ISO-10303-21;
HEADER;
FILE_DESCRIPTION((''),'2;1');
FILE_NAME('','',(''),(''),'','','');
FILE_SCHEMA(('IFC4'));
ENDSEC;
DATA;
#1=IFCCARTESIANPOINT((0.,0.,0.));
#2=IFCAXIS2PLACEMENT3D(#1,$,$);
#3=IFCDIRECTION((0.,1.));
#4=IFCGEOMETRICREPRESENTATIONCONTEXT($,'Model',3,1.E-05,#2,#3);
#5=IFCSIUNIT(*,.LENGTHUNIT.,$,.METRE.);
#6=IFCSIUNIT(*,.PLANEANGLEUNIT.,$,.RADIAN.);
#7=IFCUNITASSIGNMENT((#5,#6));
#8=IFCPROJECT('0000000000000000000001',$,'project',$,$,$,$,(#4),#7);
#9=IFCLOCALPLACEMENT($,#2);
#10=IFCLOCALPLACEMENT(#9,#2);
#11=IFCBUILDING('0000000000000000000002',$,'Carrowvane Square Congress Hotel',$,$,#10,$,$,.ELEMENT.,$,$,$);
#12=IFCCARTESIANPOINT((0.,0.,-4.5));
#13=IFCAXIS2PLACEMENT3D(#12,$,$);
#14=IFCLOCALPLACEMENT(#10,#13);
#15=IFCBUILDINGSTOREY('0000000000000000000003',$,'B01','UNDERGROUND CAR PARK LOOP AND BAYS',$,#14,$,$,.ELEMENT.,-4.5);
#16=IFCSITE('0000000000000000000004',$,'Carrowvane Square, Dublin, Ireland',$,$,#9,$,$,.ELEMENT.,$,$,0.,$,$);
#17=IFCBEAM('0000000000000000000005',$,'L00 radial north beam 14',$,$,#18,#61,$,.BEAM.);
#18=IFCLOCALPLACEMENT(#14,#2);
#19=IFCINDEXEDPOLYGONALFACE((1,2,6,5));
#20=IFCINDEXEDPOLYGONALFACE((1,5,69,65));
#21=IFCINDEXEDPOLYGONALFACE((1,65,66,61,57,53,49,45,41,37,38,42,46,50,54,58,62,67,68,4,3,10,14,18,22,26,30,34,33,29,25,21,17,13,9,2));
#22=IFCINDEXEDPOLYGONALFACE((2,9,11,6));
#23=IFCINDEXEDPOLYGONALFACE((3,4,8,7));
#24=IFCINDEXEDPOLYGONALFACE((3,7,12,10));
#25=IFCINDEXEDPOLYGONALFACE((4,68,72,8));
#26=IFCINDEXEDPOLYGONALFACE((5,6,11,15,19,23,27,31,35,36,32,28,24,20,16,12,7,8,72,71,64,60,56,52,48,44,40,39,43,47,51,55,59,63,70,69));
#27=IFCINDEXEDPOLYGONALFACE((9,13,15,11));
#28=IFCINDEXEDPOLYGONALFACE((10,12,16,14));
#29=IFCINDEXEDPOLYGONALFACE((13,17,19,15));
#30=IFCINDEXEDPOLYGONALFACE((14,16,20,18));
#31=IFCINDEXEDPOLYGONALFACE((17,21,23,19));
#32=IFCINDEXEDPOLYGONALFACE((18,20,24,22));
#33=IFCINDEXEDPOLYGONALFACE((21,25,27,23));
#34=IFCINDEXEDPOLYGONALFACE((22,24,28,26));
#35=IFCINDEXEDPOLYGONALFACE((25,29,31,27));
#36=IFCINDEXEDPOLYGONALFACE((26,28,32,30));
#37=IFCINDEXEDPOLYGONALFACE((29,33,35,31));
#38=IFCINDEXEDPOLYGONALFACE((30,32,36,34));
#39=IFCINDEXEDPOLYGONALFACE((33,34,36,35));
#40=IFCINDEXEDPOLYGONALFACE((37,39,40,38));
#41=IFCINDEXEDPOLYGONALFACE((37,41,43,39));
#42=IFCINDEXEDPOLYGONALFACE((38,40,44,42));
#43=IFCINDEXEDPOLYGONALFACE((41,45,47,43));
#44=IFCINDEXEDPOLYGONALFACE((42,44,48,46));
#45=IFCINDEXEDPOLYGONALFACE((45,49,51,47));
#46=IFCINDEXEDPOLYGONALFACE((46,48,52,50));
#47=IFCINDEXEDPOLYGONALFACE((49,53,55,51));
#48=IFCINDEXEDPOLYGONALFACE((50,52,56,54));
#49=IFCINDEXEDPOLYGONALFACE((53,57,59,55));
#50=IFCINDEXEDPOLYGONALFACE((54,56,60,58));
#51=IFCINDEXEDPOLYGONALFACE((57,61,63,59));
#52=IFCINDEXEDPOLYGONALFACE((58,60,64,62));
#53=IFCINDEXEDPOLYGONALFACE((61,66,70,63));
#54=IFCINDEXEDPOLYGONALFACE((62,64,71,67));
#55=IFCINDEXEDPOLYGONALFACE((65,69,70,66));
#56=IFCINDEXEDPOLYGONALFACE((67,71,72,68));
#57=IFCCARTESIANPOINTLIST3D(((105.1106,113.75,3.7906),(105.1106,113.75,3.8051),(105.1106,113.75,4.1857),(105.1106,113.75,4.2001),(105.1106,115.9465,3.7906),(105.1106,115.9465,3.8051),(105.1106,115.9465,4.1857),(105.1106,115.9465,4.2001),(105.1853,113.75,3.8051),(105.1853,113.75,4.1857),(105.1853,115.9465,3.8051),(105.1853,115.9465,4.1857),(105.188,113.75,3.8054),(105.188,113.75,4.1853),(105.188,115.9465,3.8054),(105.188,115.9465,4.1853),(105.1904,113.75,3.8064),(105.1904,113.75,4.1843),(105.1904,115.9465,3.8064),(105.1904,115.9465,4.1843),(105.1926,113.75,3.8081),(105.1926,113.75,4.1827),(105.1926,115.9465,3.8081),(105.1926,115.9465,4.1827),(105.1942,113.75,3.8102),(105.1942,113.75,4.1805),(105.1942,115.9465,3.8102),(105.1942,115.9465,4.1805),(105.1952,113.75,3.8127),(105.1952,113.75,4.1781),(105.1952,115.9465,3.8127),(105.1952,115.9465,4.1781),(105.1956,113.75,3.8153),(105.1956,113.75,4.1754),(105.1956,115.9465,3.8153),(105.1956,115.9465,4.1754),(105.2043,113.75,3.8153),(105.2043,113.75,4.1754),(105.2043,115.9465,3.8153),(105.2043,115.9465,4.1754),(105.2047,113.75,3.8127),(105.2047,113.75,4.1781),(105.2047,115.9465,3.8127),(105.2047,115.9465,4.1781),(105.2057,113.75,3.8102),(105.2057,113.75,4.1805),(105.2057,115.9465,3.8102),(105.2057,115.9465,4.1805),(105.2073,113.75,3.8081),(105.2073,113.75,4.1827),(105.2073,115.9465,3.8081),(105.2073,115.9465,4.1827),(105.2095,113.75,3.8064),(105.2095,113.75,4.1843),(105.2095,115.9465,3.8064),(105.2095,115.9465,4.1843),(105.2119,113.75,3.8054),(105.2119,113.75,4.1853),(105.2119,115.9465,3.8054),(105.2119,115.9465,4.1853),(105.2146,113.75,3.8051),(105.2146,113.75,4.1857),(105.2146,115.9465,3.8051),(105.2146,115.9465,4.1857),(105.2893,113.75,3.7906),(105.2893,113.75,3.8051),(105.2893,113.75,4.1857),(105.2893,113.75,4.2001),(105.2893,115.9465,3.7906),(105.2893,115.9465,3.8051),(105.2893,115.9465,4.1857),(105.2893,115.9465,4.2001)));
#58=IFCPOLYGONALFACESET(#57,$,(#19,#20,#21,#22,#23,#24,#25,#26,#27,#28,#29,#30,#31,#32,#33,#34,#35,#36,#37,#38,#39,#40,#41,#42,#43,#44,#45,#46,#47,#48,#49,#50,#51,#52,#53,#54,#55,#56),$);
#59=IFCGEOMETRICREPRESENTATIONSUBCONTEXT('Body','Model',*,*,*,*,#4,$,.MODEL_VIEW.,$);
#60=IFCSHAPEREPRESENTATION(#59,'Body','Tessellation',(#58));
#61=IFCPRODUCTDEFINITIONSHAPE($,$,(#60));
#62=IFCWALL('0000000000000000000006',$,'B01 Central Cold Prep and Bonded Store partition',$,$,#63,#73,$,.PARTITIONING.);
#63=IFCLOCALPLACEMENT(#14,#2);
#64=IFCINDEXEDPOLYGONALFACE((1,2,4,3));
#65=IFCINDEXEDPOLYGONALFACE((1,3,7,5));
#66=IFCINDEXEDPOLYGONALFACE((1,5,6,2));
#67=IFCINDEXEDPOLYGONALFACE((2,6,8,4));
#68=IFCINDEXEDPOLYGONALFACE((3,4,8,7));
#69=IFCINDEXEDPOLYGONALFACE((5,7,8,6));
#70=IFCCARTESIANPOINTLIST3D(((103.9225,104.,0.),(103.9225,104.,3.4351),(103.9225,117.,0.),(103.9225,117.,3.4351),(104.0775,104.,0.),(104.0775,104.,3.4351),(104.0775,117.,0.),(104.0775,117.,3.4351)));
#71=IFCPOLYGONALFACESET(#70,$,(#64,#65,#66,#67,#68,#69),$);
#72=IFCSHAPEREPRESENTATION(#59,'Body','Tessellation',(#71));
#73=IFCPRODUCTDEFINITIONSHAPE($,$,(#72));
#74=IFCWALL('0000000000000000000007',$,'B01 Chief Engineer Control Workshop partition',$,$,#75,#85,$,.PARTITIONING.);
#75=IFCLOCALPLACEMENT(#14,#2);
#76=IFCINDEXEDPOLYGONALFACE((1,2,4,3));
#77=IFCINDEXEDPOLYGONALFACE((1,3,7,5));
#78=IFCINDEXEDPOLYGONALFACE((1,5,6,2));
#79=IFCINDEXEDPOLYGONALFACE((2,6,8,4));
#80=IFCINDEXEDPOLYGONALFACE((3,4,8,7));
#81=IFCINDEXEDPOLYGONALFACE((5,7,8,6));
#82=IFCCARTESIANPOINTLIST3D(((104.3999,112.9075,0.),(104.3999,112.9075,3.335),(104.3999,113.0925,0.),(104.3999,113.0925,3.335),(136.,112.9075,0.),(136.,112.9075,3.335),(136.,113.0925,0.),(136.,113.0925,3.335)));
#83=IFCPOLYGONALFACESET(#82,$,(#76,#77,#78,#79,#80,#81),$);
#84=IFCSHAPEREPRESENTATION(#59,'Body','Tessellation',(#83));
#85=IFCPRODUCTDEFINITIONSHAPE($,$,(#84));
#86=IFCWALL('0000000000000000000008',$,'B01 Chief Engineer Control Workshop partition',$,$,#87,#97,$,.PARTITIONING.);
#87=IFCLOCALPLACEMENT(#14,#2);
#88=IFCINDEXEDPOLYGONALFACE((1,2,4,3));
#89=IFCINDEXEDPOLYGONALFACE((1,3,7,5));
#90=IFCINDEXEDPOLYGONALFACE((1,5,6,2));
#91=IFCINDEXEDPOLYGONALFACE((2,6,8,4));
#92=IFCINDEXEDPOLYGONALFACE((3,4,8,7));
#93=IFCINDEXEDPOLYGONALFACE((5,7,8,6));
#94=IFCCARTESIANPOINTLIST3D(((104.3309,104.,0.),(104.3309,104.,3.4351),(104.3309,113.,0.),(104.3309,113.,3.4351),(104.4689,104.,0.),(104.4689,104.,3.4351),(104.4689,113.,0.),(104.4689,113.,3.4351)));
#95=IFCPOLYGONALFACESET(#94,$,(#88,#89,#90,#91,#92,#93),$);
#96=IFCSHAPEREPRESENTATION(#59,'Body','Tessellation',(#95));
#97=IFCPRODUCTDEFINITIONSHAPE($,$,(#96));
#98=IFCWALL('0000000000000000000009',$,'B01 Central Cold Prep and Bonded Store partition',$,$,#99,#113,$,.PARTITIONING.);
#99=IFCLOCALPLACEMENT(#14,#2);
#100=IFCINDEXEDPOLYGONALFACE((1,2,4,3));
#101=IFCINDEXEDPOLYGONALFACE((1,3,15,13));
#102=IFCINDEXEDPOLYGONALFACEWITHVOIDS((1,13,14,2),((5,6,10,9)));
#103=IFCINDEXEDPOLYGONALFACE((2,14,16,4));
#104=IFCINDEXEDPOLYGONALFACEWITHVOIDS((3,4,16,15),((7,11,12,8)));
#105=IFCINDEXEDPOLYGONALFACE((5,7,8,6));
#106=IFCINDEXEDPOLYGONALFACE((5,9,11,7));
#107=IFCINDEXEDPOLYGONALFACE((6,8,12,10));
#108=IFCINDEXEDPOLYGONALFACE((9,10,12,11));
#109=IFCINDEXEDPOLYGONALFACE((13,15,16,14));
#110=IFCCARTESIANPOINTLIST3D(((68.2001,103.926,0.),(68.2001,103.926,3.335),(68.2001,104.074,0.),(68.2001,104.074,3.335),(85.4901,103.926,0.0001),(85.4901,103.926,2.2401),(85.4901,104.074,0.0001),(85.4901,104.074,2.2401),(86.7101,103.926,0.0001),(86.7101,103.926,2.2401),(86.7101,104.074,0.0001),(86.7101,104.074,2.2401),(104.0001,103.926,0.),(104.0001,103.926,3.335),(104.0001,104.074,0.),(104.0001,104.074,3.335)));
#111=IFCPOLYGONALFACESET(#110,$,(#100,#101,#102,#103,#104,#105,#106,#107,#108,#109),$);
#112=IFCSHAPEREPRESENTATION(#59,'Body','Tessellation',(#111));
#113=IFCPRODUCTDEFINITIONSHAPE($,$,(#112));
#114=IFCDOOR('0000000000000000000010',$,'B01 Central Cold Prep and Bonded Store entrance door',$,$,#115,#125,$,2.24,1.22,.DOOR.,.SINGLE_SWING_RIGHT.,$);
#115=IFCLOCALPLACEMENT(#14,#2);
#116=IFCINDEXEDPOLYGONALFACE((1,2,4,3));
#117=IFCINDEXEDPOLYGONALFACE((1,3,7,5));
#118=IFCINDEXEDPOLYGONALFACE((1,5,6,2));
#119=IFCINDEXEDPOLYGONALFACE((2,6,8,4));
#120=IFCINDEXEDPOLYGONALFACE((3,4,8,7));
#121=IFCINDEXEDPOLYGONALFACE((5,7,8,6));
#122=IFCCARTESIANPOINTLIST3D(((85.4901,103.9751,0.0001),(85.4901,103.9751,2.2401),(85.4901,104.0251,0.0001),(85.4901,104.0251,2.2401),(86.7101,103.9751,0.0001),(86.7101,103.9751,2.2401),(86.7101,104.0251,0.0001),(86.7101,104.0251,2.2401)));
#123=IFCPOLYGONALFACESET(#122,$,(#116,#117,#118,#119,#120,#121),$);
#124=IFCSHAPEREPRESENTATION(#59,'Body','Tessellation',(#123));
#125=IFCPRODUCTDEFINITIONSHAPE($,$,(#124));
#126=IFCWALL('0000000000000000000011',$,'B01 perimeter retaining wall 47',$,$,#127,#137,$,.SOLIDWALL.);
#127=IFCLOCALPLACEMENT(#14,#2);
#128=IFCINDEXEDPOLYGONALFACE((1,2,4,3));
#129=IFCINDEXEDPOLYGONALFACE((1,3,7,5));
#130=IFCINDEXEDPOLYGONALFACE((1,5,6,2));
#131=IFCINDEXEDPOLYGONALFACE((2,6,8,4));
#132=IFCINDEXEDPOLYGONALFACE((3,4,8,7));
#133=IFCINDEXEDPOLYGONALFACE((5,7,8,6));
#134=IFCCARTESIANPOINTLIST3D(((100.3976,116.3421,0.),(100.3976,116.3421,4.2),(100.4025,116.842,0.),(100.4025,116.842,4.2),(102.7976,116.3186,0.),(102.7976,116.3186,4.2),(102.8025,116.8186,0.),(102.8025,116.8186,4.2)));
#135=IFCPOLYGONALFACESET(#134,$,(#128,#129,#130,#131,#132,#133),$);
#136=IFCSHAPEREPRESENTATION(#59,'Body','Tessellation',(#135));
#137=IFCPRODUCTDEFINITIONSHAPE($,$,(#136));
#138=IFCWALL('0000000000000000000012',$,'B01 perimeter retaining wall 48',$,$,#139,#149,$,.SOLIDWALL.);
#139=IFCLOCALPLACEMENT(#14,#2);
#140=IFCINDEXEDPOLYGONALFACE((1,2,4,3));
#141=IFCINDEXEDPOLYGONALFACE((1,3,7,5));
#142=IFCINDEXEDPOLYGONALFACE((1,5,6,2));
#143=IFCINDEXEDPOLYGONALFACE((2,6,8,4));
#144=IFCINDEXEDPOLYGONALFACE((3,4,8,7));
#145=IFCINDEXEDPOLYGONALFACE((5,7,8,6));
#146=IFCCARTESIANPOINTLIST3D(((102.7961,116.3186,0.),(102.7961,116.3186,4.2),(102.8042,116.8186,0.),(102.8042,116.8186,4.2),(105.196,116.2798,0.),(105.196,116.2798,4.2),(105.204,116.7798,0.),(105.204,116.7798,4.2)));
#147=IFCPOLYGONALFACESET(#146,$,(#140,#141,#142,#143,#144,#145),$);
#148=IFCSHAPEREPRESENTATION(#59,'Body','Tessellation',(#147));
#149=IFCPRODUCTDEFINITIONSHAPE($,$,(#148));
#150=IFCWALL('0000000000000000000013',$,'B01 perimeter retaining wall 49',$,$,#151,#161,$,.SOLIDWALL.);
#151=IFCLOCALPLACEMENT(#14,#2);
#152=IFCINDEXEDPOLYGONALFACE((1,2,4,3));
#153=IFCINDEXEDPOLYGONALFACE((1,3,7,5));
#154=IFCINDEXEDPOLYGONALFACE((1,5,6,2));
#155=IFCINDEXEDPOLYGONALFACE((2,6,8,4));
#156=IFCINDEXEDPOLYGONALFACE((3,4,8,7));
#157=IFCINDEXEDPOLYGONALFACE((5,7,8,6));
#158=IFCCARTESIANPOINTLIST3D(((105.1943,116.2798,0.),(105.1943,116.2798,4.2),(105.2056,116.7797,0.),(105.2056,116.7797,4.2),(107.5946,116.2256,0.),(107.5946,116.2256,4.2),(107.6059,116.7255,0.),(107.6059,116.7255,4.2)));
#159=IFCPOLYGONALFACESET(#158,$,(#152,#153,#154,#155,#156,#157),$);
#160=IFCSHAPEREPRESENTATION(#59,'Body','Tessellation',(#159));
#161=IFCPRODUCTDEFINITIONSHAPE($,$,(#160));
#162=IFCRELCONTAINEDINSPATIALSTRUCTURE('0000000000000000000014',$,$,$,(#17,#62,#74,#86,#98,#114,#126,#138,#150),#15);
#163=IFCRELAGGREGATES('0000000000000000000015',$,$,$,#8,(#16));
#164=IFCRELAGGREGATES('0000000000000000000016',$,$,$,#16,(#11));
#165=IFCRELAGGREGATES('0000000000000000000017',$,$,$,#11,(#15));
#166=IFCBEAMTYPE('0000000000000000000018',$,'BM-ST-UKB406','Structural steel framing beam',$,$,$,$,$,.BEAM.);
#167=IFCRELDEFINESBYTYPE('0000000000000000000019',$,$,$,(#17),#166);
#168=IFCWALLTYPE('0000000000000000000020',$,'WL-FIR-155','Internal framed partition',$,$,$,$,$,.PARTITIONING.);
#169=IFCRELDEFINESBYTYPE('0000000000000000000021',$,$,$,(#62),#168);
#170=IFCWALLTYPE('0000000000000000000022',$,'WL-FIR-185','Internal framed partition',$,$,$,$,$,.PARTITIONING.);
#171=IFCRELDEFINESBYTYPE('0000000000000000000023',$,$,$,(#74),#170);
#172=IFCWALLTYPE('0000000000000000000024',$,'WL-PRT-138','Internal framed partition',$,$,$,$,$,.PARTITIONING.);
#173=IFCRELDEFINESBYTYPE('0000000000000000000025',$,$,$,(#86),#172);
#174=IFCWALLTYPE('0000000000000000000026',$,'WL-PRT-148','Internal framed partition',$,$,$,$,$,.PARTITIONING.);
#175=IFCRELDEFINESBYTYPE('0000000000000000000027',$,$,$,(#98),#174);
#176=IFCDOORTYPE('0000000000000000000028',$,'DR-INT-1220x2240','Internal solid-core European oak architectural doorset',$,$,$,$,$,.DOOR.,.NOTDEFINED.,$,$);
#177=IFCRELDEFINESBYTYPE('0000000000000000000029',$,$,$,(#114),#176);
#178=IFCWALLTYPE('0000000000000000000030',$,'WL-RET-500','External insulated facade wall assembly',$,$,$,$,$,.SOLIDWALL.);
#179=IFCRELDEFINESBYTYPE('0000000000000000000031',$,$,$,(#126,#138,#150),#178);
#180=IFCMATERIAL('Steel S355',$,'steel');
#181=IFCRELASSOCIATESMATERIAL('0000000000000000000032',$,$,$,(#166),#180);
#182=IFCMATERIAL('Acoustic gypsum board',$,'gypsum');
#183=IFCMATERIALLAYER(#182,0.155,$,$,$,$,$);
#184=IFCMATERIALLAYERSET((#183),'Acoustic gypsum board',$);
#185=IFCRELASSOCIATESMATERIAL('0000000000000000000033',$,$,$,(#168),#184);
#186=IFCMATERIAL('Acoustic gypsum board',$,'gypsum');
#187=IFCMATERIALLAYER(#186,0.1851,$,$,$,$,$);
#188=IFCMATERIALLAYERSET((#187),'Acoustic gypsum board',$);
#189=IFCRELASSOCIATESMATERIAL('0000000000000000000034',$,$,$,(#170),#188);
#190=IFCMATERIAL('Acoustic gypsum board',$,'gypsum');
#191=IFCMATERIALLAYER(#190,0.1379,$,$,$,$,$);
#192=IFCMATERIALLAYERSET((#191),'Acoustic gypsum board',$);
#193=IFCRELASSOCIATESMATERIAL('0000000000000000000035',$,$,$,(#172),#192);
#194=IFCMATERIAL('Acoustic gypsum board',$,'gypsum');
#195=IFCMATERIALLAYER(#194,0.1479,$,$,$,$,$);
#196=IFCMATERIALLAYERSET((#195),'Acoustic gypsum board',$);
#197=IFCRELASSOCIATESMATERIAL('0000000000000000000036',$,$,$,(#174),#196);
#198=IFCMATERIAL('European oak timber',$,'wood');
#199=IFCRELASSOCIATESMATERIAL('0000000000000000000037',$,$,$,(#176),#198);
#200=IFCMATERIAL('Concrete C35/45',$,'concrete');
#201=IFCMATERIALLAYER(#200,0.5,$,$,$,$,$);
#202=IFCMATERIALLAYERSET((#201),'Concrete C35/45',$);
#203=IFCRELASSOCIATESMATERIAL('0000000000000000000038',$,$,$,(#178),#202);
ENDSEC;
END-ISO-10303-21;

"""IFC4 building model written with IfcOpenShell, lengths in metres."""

from ifc_helpers import new_model, si_unit, direction, frame, frame_2d, origin, origin_2d, place, context, subcontext, project, spatial, rectangle, i_section, extrude, material, layer, layer_set, material_profile, profile_set, type_object, element, fill, save


model = new_model("IFC4")

# Units and contexts
model_context = context("Model", 3, precision=1e-05, world=origin(), true_north=direction((0.0, 1.0)))
body_context = subcontext(model_context, "Body", "Model", "MODEL_VIEW")
ifc_project = project(units=[si_unit("LENGTHUNIT", "METRE"), si_unit("PLANEANGLEUNIT", "RADIAN")], contexts=[model_context])

# Site, building, storey
site_placement = place(None, origin())
site = spatial("IfcSite", under=ifc_project, at=site_placement, Name="Carrowvane Square, Dublin, Ireland", CompositionType="ELEMENT", RefElevation=0.0)
building_placement = place(site_placement, origin())
building = spatial("IfcBuilding", under=site, at=building_placement, Name="Carrowvane Square Congress Hotel", CompositionType="ELEMENT")
storey_placement = place(building_placement, frame((0.0, 0.0, -4.5)))
storey = spatial("IfcBuildingStorey", under=building, at=storey_placement, Name="B01", Description="UNDERGROUND CAR PARK LOOP AND BAYS", CompositionType="ELEMENT", Elevation=-4.5)

# Beam
ifc_material_1 = material(Name="Steel S355", Category="steel")
ifc_material_profile_1 = material_profile(ifc_material_1, i_section(OverallWidth=0.1787, OverallDepth=0.4094, WebThickness=0.0088, FlangeThickness=0.0144, FilletRadius=0.0103, at=origin_2d()), Name="UKB 406x178x67")
ifc_profile_set_1 = profile_set([ifc_material_profile_1], Name="Steel S355")
beam_type_1 = type_object("IfcBeamType", Name="BM-ST-UKB406", Description="Structural steel framing beam", PredefinedType="BEAM", material=ifc_profile_set_1)
beam_1_placement = place(storey_placement, frame((105.2, 113.75, 3.9954), z_axis=(0.0, 1.0, 0.0), x_axis=(-1.0, 0.0, 0.0)))
element("IfcBeam", 1, at=beam_1_placement, inside=storey, type_object=beam_type_1, Name="L00 radial north beam 14", PredefinedType="BEAM", context=body_context, shape_type="SweptSolid", body=[
    extrude(i_section(OverallWidth=0.1787, OverallDepth=0.4094, WebThickness=0.0088, FlangeThickness=0.0144, FilletRadius=0.0103, at=origin_2d()), origin(), (0.0, 0.0, 1.0), 2.1965),
])

# Walls
ifc_material_2 = material(Name="Acoustic gypsum board", Category="gypsum")
ifc_layer_1 = layer(ifc_material_2, 0.155)
ifc_layer_set_1 = layer_set([ifc_layer_1], Name="Acoustic gypsum board")
wall_type_1 = type_object("IfcWallType", Name="WL-FIR-155", Description="Internal framed partition", PredefinedType="PARTITIONING", material=ifc_layer_set_1)
wall_1_placement = place(storey_placement, frame((104.0, 117.0, 0.0), z_axis=(0.0, 0.0, 1.0), x_axis=(0.0, -1.0, 0.0)))
element("IfcWall", 2, at=wall_1_placement, inside=storey, type_object=wall_type_1, Name="B01 Central Cold Prep and Bonded Store partition", PredefinedType="PARTITIONING", context=body_context, shape_type="SweptSolid", body=[
    extrude(rectangle(XDim=13.0, YDim=0.155, at=frame_2d((6.5, 0.0))), origin(), (0.0, 0.0, 1.0), 3.4351),
])
ifc_material_3 = material(Name="Acoustic gypsum board", Category="gypsum")
ifc_layer_2 = layer(ifc_material_3, 0.1851)
ifc_layer_set_2 = layer_set([ifc_layer_2], Name="Acoustic gypsum board")
wall_type_2 = type_object("IfcWallType", Name="WL-FIR-185", Description="Internal framed partition", PredefinedType="PARTITIONING", material=ifc_layer_set_2)
wall_2_placement = place(storey_placement, frame((104.3999, 113.0, 0.0), z_axis=(0.0, 0.0, 1.0), x_axis=(1.0, 0.0, 0.0)))
element("IfcWall", 3, at=wall_2_placement, inside=storey, type_object=wall_type_2, Name="B01 Chief Engineer Control Workshop partition", PredefinedType="PARTITIONING", context=body_context, shape_type="SweptSolid", body=[
    extrude(rectangle(XDim=31.6001, YDim=0.1851, at=frame_2d((15.8, 0.0))), origin(), (0.0, 0.0, 1.0), 3.335),
])
ifc_material_4 = material(Name="Acoustic gypsum board", Category="gypsum")
ifc_layer_3 = layer(ifc_material_4, 0.1379)
ifc_layer_set_3 = layer_set([ifc_layer_3], Name="Acoustic gypsum board")
wall_type_3 = type_object("IfcWallType", Name="WL-PRT-138", Description="Internal framed partition", PredefinedType="PARTITIONING", material=ifc_layer_set_3)
wall_3_placement = place(storey_placement, frame((104.3999, 104.0, 0.0), z_axis=(0.0, 0.0, 1.0), x_axis=(0.0, 1.0, 0.0)))
element("IfcWall", 4, at=wall_3_placement, inside=storey, type_object=wall_type_3, Name="B01 Chief Engineer Control Workshop partition", PredefinedType="PARTITIONING", context=body_context, shape_type="SweptSolid", body=[
    extrude(rectangle(XDim=9.0, YDim=0.1379, at=frame_2d((4.5, 0.0))), origin(), (0.0, 0.0, 1.0), 3.4351),
])

# Wall, opening, door
ifc_material_5 = material(Name="Acoustic gypsum board", Category="gypsum")
ifc_layer_4 = layer(ifc_material_5, 0.1479)
ifc_layer_set_4 = layer_set([ifc_layer_4], Name="Acoustic gypsum board")
wall_type_4 = type_object("IfcWallType", Name="WL-PRT-148", Description="Internal framed partition", PredefinedType="PARTITIONING", material=ifc_layer_set_4)
wall_4_placement = place(storey_placement, frame((104.0, 104.0, 0.0), z_axis=(0.0, 0.0, 1.0), x_axis=(-1.0, 0.0, 0.0)))
wall_4 = element("IfcWall", 5, at=wall_4_placement, inside=storey, type_object=wall_type_4, Name="B01 Central Cold Prep and Bonded Store partition", PredefinedType="PARTITIONING", context=body_context, shape_type="SweptSolid", body=[
    extrude(rectangle(XDim=35.8, YDim=0.1479, at=frame_2d((17.8999, 0.0))), origin(), (0.0, 0.0, 1.0), 3.335),
])
opening_placement = place(wall_4_placement, frame((17.29, 0.0, 0.0)))
opening = element("IfcOpeningElement", 6, at=opening_placement, cuts=wall_4, PredefinedType="OPENING", context=body_context, shape_type="SweptSolid", body=[
    extrude(rectangle(XDim=1.22, YDim=2.24, at=frame_2d((0.6099, 1.1201))), frame((0.0, 0.084, 0.0), z_axis=(0.0, -1.0, 0.0), x_axis=(1.0, 0.0, 0.0)), (0.0, 0.0, 1.0), 0.168),
])
ifc_material_6 = material(Name="European oak timber", Category="wood")
door_type = type_object("IfcDoorType", Name="DR-INT-1220x2240", Description="Internal solid-core European oak architectural doorset", OperationType="NOTDEFINED", PredefinedType="DOOR", material=ifc_material_6)
door_placement = place(opening_placement, origin())
door = element("IfcDoor", 7, at=door_placement, inside=storey, type_object=door_type, Name="B01 Central Cold Prep and Bonded Store entrance door", OperationType="SINGLE_SWING_RIGHT", OverallHeight=2.24, OverallWidth=1.22, PredefinedType="DOOR", context=body_context, shape_type="SweptSolid", body=[
    extrude(rectangle(XDim=1.22, YDim=2.24, at=frame_2d((0.6099, 1.1201))), frame((0.0, 0.0249, 0.0), z_axis=(0.0, -1.0, 0.0), x_axis=(1.0, 0.0, 0.0)), (0.0, 0.0, 1.0), 0.05),
])
fill(opening, door)

# Walls
ifc_material_7 = material(Name="Concrete C35/45", Category="concrete")
ifc_layer_5 = layer(ifc_material_7, 0.5)
ifc_layer_set_5 = layer_set([ifc_layer_5], Name="Concrete C35/45")
wall_type_5 = type_object("IfcWallType", Name="WL-RET-500", Description="External insulated facade wall assembly", PredefinedType="SOLIDWALL", material=ifc_layer_set_5)
for number, where, z_axis, x_axis, name in (
    (8, (100.3999, 116.592, 0.0), (0.0, 0.0, 1.0), (0.999952, -0.009765, 0.0), "B01 perimeter retaining wall 47"),
    (9, (102.8, 116.5686, 0.0), (0.0, 0.0, 1.0), (0.999869, -0.016173, 0.0), "B01 perimeter retaining wall 48"),
):
    element("IfcWall", number, at=place(storey_placement, frame(where, z_axis=z_axis, x_axis=x_axis)), inside=storey, type_object=wall_type_5, Name=name, PredefinedType="SOLIDWALL", context=body_context, shape_type="SweptSolid", body=[
        extrude(rectangle(XDim=2.4001, YDim=0.5, at=frame_2d((1.2002, 0.0))), origin(), (0.0, 0.0, 1.0), 4.2),
    ])
wall_5_placement = place(storey_placement, frame((105.2, 116.5298, 0.0), z_axis=(0.0, 0.0, 1.0), x_axis=(0.999745, -0.022576, 0.0)))
element("IfcWall", 10, at=wall_5_placement, inside=storey, type_object=wall_type_5, Name="B01 perimeter retaining wall 49", PredefinedType="SOLIDWALL", context=body_context, shape_type="SweptSolid", body=[
    extrude(rectangle(XDim=2.4009, YDim=0.5, at=frame_2d((1.2004, 0.0))), origin(), (0.0, 0.0, 1.0), 4.2),
])

save(model, "model.ifc")
